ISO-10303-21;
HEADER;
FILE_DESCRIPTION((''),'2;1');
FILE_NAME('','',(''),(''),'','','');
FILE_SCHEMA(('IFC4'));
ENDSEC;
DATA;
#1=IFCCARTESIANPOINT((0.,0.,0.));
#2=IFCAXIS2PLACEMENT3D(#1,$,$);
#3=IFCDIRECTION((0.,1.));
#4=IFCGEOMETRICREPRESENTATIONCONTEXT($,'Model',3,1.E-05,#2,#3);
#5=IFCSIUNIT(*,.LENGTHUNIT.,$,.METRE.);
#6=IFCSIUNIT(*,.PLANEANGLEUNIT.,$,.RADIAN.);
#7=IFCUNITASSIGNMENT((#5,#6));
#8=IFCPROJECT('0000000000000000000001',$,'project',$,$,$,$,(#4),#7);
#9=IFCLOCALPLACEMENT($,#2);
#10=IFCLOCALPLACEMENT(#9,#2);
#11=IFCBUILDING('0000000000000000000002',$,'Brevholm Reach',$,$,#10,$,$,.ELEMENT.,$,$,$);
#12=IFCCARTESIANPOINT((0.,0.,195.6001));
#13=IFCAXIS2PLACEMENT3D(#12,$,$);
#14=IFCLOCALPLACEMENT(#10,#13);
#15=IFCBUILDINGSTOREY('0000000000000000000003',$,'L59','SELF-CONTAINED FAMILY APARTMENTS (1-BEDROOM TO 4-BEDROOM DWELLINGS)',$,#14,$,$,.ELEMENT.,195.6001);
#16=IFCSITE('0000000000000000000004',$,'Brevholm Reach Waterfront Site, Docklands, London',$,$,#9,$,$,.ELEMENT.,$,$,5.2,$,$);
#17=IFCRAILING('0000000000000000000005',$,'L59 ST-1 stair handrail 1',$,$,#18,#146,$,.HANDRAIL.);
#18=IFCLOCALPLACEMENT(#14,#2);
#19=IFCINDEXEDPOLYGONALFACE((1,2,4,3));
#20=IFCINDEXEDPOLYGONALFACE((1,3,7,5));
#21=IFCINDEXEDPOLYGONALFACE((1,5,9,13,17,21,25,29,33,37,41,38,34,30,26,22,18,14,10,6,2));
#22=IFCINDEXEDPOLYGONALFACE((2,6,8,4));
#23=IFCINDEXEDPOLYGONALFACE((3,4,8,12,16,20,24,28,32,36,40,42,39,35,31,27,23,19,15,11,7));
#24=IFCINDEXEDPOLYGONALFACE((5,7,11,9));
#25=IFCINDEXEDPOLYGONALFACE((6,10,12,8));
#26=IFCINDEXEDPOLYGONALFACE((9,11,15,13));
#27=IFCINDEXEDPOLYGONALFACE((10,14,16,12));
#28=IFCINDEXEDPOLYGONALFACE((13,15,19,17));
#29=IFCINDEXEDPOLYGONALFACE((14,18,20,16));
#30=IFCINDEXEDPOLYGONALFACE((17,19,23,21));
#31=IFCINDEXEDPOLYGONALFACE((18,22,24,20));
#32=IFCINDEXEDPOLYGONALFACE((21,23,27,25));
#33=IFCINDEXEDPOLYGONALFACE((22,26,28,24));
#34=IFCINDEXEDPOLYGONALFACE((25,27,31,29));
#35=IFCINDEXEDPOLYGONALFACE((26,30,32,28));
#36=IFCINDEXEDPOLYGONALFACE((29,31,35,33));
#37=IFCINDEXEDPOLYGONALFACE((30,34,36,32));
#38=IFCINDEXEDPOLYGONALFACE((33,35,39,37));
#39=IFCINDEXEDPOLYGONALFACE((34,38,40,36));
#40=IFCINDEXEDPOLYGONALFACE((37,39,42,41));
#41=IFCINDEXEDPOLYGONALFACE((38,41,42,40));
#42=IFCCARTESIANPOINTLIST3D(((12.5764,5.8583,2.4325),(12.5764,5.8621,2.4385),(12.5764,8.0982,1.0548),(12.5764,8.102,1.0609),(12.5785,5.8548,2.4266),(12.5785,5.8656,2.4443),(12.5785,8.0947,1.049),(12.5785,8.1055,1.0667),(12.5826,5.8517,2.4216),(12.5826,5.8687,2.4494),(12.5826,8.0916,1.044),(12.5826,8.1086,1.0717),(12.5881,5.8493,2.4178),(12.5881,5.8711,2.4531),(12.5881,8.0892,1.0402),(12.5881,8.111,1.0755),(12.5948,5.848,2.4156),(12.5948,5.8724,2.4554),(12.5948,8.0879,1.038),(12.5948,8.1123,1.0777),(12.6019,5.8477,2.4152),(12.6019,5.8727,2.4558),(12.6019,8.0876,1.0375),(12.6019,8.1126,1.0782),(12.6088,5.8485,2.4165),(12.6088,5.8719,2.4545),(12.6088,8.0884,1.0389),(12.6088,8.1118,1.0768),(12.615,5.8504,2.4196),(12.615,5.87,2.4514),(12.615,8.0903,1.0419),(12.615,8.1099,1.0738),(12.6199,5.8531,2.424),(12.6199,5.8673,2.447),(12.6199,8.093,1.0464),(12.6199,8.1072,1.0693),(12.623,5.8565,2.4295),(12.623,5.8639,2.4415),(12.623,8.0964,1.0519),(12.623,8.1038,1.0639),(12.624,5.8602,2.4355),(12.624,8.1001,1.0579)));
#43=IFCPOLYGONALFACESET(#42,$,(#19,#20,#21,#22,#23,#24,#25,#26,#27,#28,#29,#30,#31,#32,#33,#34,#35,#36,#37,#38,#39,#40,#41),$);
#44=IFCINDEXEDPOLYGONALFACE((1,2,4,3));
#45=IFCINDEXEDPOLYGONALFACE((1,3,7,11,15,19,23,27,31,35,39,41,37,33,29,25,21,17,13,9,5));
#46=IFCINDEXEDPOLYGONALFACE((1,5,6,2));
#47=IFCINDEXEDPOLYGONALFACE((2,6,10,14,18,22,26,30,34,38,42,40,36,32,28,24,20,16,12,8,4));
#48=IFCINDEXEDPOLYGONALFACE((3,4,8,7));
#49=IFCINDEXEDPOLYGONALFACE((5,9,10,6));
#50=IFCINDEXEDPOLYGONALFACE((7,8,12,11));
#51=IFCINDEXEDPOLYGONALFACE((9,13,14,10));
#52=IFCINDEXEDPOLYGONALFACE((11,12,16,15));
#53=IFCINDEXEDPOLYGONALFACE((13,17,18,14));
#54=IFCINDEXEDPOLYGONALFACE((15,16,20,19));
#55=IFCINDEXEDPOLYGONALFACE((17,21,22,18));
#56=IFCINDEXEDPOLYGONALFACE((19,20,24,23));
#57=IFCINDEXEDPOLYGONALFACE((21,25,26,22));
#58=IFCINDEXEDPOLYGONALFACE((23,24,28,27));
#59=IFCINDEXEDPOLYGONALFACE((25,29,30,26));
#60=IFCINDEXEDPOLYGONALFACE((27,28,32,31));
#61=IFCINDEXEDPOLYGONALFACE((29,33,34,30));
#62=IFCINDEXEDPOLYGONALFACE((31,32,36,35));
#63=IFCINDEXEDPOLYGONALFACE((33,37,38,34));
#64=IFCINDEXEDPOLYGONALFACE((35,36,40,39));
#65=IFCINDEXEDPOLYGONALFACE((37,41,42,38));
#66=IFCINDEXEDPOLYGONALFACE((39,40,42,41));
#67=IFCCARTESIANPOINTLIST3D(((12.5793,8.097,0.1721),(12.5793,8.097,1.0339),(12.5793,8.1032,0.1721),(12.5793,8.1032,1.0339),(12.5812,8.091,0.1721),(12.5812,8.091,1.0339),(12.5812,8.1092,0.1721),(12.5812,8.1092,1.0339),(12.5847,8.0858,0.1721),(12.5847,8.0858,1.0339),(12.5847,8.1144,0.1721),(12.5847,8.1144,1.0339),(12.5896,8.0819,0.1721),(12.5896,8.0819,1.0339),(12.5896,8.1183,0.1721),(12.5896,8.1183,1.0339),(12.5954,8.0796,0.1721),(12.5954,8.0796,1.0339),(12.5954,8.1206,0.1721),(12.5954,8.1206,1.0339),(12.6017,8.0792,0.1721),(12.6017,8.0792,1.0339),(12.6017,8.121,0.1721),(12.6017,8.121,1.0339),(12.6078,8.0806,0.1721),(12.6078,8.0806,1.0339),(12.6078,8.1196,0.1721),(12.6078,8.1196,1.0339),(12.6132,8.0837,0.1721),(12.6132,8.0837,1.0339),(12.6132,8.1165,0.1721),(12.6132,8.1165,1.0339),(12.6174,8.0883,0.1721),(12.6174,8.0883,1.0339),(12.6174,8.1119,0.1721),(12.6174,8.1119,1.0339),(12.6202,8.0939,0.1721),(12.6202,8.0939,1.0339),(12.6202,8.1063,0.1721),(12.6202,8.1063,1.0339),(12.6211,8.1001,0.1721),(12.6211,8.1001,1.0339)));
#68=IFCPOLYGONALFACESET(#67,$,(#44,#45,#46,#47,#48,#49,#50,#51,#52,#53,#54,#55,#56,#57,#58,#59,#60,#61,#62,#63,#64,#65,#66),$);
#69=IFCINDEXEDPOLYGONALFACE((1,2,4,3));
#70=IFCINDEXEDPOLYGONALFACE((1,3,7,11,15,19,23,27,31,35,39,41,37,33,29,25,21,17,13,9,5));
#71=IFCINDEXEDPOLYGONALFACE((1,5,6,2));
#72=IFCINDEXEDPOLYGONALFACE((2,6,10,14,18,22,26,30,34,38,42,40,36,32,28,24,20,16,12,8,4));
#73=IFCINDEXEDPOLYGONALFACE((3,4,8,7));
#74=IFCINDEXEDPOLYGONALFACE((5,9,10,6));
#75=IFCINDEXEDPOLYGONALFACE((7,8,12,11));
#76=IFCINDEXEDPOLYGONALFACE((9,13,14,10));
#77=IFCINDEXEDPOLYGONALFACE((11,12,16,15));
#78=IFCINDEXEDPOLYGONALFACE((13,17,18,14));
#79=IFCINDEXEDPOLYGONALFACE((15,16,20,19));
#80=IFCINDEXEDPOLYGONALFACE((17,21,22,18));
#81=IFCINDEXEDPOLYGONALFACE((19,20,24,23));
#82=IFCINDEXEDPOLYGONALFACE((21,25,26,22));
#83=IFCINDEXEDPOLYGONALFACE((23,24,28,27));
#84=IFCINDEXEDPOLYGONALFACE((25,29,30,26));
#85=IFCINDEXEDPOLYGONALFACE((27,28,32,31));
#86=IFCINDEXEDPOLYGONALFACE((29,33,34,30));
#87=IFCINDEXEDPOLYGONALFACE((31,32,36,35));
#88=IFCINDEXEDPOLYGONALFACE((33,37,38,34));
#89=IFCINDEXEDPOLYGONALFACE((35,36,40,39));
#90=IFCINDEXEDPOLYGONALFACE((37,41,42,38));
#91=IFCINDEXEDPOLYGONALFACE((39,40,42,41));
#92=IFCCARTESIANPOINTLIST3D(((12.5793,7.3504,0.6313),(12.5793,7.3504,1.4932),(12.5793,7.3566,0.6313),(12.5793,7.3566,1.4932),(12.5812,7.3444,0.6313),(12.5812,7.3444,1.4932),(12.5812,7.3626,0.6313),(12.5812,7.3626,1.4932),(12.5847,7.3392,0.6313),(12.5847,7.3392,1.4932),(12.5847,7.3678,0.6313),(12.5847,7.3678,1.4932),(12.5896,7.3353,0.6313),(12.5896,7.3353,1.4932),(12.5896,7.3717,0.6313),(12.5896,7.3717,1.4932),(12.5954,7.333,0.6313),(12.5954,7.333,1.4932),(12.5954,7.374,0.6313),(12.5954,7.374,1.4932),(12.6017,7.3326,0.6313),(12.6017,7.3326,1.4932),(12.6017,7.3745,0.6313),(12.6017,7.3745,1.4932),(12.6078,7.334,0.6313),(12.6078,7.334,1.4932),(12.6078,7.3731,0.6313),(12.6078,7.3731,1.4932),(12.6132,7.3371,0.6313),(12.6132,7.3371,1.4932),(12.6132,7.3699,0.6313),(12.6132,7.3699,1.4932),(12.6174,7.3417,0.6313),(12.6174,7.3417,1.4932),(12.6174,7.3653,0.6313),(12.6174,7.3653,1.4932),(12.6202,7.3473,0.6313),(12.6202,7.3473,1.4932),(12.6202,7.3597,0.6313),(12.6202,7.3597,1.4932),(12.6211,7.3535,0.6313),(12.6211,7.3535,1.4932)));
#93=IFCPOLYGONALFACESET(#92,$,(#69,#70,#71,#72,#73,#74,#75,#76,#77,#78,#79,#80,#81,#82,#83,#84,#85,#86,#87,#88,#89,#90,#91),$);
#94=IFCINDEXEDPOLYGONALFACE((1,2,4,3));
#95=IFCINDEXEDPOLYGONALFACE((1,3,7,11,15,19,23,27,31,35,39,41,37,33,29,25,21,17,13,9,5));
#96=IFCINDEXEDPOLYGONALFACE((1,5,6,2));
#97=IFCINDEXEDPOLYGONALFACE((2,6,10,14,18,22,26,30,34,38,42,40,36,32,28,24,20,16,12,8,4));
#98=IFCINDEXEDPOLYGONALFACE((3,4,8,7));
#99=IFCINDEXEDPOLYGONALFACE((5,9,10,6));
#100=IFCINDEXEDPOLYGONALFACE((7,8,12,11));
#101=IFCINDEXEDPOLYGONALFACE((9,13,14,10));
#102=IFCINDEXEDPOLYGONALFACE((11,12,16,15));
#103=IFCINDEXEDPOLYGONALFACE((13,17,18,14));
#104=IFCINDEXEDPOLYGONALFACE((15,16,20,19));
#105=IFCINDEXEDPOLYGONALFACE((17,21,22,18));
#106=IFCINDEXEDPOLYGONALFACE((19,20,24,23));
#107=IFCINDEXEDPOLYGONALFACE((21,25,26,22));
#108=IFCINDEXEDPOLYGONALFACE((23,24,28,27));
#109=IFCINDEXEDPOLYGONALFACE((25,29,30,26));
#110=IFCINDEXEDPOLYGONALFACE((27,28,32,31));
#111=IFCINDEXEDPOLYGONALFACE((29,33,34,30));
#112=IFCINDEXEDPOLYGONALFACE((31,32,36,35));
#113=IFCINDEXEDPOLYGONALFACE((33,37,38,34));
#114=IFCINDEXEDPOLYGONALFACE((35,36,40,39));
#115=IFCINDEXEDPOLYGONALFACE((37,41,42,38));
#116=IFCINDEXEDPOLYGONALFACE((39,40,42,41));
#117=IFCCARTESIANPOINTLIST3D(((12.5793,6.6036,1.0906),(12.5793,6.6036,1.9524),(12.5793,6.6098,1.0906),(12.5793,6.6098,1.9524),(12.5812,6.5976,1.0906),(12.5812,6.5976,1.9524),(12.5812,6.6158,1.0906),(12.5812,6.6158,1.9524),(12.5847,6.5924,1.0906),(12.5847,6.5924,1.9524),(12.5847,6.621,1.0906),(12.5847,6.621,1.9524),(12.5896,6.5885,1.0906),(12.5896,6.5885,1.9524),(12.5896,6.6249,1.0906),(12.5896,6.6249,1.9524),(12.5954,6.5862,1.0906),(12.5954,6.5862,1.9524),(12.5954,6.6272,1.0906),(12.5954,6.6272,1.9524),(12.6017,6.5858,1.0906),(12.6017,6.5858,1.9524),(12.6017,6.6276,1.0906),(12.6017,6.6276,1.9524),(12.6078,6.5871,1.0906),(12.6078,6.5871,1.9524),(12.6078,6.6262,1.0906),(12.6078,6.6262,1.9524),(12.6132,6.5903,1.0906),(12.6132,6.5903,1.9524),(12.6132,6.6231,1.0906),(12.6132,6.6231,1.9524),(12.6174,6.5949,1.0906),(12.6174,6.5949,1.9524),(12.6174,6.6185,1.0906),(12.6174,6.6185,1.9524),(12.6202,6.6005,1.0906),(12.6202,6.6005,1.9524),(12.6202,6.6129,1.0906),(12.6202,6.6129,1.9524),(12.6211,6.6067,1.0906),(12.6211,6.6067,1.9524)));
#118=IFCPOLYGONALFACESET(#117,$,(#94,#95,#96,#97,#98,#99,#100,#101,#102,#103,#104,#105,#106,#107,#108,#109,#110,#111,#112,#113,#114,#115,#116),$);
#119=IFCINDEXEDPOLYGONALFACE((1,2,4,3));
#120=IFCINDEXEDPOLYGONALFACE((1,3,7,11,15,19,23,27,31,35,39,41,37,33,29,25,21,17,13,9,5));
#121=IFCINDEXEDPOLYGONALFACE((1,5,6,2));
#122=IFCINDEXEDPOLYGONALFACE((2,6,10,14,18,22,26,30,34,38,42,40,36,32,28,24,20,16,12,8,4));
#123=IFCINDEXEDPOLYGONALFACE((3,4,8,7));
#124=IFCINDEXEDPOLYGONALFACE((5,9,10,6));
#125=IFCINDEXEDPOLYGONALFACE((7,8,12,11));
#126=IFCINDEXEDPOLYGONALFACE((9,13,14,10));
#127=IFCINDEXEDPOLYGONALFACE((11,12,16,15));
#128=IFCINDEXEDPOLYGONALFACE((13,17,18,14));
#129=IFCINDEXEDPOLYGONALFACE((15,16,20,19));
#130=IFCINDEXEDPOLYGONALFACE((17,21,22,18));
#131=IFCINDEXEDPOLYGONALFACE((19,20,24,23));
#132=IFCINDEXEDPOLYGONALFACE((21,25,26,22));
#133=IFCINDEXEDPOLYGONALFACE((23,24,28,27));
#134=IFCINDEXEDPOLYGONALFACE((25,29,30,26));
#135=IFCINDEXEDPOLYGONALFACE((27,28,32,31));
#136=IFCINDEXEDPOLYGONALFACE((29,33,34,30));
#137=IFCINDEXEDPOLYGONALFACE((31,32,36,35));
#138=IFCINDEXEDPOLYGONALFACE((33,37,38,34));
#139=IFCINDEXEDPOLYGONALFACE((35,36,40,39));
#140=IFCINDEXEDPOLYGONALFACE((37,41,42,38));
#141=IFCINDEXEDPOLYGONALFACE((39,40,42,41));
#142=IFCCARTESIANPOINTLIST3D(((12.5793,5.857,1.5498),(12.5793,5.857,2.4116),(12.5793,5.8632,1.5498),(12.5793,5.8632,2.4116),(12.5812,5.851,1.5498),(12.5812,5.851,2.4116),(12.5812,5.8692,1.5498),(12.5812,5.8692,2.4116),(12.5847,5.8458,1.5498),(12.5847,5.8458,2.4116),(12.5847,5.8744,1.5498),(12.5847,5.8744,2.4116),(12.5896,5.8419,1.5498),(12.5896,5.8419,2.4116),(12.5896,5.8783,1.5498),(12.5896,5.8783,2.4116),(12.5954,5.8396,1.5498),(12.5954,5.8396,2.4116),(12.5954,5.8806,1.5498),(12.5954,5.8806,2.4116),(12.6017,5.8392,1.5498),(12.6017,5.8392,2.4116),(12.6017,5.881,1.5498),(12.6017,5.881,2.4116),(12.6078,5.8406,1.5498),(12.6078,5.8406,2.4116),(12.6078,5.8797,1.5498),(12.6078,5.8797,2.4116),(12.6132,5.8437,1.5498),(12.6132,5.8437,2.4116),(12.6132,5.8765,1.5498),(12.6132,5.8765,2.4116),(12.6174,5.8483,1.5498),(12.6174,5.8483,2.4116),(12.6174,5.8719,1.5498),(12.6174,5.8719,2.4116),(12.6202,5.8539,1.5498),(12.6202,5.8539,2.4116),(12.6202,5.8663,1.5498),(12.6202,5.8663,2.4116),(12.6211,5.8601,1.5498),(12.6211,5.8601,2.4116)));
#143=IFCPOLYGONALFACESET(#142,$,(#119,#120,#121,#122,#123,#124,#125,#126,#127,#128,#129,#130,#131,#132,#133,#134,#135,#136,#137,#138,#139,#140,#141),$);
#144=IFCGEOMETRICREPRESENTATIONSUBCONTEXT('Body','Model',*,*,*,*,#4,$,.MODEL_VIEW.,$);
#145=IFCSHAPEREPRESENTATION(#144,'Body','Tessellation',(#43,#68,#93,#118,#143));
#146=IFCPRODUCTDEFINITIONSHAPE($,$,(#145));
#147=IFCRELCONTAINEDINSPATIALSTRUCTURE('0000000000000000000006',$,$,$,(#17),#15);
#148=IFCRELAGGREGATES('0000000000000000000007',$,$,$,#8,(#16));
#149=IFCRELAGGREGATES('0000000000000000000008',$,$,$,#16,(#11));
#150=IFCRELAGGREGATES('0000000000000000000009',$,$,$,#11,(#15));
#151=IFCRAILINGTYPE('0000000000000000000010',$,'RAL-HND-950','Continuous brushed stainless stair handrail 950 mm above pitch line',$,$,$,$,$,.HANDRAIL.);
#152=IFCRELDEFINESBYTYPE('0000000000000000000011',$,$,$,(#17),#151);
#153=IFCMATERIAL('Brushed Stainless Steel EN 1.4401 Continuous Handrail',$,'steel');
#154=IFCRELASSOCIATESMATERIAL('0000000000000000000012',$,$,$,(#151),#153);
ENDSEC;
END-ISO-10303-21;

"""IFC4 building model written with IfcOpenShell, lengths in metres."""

from ifc_helpers import new_model, si_unit, direction, frame, origin, origin_2d, place, context, subcontext, project, spatial, circle, extrude, material, type_object, element, save


model = new_model("IFC4")

# Units and contexts
model_context = context("Model", 3, precision=1e-05, world=origin(), true_north=direction((0.0, 1.0)))
body_context = subcontext(model_context, "Body", "Model", "MODEL_VIEW")
ifc_project = project(units=[si_unit("LENGTHUNIT", "METRE"), si_unit("PLANEANGLEUNIT", "RADIAN")], contexts=[model_context])

# Site, building, storey
site_placement = place(None, origin())
site = spatial("IfcSite", under=ifc_project, at=site_placement, Name="Brevholm Reach Waterfront Site, Docklands, London", CompositionType="ELEMENT", RefElevation=5.2)
building_placement = place(site_placement, origin())
building = spatial("IfcBuilding", under=site, at=building_placement, Name="Brevholm Reach", CompositionType="ELEMENT")
storey_placement = place(building_placement, frame((0.0, 0.0, 195.6001)))
storey = spatial("IfcBuildingStorey", under=building, at=storey_placement, Name="L59", Description="SELF-CONTAINED FAMILY APARTMENTS (1-BEDROOM TO 4-BEDROOM DWELLINGS)", CompositionType="ELEMENT", Elevation=195.6001)

# Railing
ifc_material_1 = material(Name="Brushed Stainless Steel EN 1.4401 Continuous Handrail", Category="steel")
railing_type_1 = type_object("IfcRailingType", Name="RAL-HND-950", Description="Continuous brushed stainless stair handrail 950 mm above pitch line", PredefinedType="HANDRAIL", material=ifc_material_1)
railing_1_placement = place(storey_placement, frame((12.6001, 8.1001, 0.1721)))
element("IfcRailing", 1, at=railing_1_placement, inside=storey, type_object=railing_type_1, Name="L59 ST-1 stair handrail 1", PredefinedType="HANDRAIL", context=body_context, shape_type="SweptSolid", body=[
    extrude(circle(Radius=0.0239, at=origin_2d()), frame((0.0, 0.0, 0.8857), z_axis=(0.0, -0.851789, 0.523885), x_axis=(1.0, 0.0, 0.0)), (0.0, 0.0, 1.0), 2.6296),
    extrude(circle(Radius=0.021, at=origin_2d()), origin(), (0.0, 0.0, 1.0), 0.8618),
    extrude(circle(Radius=0.021, at=origin_2d()), frame((0.0, -0.7466, 0.4592)), (0.0, 0.0, 1.0), 0.8618),
    extrude(circle(Radius=0.021, at=origin_2d()), frame((0.0, -1.4934, 0.9185)), (0.0, 0.0, 1.0), 0.8618),
    extrude(circle(Radius=0.021, at=origin_2d()), frame((0.0, -2.24, 1.3777)), (0.0, 0.0, 1.0), 0.8618),
])

save(model, "model.ifc")
